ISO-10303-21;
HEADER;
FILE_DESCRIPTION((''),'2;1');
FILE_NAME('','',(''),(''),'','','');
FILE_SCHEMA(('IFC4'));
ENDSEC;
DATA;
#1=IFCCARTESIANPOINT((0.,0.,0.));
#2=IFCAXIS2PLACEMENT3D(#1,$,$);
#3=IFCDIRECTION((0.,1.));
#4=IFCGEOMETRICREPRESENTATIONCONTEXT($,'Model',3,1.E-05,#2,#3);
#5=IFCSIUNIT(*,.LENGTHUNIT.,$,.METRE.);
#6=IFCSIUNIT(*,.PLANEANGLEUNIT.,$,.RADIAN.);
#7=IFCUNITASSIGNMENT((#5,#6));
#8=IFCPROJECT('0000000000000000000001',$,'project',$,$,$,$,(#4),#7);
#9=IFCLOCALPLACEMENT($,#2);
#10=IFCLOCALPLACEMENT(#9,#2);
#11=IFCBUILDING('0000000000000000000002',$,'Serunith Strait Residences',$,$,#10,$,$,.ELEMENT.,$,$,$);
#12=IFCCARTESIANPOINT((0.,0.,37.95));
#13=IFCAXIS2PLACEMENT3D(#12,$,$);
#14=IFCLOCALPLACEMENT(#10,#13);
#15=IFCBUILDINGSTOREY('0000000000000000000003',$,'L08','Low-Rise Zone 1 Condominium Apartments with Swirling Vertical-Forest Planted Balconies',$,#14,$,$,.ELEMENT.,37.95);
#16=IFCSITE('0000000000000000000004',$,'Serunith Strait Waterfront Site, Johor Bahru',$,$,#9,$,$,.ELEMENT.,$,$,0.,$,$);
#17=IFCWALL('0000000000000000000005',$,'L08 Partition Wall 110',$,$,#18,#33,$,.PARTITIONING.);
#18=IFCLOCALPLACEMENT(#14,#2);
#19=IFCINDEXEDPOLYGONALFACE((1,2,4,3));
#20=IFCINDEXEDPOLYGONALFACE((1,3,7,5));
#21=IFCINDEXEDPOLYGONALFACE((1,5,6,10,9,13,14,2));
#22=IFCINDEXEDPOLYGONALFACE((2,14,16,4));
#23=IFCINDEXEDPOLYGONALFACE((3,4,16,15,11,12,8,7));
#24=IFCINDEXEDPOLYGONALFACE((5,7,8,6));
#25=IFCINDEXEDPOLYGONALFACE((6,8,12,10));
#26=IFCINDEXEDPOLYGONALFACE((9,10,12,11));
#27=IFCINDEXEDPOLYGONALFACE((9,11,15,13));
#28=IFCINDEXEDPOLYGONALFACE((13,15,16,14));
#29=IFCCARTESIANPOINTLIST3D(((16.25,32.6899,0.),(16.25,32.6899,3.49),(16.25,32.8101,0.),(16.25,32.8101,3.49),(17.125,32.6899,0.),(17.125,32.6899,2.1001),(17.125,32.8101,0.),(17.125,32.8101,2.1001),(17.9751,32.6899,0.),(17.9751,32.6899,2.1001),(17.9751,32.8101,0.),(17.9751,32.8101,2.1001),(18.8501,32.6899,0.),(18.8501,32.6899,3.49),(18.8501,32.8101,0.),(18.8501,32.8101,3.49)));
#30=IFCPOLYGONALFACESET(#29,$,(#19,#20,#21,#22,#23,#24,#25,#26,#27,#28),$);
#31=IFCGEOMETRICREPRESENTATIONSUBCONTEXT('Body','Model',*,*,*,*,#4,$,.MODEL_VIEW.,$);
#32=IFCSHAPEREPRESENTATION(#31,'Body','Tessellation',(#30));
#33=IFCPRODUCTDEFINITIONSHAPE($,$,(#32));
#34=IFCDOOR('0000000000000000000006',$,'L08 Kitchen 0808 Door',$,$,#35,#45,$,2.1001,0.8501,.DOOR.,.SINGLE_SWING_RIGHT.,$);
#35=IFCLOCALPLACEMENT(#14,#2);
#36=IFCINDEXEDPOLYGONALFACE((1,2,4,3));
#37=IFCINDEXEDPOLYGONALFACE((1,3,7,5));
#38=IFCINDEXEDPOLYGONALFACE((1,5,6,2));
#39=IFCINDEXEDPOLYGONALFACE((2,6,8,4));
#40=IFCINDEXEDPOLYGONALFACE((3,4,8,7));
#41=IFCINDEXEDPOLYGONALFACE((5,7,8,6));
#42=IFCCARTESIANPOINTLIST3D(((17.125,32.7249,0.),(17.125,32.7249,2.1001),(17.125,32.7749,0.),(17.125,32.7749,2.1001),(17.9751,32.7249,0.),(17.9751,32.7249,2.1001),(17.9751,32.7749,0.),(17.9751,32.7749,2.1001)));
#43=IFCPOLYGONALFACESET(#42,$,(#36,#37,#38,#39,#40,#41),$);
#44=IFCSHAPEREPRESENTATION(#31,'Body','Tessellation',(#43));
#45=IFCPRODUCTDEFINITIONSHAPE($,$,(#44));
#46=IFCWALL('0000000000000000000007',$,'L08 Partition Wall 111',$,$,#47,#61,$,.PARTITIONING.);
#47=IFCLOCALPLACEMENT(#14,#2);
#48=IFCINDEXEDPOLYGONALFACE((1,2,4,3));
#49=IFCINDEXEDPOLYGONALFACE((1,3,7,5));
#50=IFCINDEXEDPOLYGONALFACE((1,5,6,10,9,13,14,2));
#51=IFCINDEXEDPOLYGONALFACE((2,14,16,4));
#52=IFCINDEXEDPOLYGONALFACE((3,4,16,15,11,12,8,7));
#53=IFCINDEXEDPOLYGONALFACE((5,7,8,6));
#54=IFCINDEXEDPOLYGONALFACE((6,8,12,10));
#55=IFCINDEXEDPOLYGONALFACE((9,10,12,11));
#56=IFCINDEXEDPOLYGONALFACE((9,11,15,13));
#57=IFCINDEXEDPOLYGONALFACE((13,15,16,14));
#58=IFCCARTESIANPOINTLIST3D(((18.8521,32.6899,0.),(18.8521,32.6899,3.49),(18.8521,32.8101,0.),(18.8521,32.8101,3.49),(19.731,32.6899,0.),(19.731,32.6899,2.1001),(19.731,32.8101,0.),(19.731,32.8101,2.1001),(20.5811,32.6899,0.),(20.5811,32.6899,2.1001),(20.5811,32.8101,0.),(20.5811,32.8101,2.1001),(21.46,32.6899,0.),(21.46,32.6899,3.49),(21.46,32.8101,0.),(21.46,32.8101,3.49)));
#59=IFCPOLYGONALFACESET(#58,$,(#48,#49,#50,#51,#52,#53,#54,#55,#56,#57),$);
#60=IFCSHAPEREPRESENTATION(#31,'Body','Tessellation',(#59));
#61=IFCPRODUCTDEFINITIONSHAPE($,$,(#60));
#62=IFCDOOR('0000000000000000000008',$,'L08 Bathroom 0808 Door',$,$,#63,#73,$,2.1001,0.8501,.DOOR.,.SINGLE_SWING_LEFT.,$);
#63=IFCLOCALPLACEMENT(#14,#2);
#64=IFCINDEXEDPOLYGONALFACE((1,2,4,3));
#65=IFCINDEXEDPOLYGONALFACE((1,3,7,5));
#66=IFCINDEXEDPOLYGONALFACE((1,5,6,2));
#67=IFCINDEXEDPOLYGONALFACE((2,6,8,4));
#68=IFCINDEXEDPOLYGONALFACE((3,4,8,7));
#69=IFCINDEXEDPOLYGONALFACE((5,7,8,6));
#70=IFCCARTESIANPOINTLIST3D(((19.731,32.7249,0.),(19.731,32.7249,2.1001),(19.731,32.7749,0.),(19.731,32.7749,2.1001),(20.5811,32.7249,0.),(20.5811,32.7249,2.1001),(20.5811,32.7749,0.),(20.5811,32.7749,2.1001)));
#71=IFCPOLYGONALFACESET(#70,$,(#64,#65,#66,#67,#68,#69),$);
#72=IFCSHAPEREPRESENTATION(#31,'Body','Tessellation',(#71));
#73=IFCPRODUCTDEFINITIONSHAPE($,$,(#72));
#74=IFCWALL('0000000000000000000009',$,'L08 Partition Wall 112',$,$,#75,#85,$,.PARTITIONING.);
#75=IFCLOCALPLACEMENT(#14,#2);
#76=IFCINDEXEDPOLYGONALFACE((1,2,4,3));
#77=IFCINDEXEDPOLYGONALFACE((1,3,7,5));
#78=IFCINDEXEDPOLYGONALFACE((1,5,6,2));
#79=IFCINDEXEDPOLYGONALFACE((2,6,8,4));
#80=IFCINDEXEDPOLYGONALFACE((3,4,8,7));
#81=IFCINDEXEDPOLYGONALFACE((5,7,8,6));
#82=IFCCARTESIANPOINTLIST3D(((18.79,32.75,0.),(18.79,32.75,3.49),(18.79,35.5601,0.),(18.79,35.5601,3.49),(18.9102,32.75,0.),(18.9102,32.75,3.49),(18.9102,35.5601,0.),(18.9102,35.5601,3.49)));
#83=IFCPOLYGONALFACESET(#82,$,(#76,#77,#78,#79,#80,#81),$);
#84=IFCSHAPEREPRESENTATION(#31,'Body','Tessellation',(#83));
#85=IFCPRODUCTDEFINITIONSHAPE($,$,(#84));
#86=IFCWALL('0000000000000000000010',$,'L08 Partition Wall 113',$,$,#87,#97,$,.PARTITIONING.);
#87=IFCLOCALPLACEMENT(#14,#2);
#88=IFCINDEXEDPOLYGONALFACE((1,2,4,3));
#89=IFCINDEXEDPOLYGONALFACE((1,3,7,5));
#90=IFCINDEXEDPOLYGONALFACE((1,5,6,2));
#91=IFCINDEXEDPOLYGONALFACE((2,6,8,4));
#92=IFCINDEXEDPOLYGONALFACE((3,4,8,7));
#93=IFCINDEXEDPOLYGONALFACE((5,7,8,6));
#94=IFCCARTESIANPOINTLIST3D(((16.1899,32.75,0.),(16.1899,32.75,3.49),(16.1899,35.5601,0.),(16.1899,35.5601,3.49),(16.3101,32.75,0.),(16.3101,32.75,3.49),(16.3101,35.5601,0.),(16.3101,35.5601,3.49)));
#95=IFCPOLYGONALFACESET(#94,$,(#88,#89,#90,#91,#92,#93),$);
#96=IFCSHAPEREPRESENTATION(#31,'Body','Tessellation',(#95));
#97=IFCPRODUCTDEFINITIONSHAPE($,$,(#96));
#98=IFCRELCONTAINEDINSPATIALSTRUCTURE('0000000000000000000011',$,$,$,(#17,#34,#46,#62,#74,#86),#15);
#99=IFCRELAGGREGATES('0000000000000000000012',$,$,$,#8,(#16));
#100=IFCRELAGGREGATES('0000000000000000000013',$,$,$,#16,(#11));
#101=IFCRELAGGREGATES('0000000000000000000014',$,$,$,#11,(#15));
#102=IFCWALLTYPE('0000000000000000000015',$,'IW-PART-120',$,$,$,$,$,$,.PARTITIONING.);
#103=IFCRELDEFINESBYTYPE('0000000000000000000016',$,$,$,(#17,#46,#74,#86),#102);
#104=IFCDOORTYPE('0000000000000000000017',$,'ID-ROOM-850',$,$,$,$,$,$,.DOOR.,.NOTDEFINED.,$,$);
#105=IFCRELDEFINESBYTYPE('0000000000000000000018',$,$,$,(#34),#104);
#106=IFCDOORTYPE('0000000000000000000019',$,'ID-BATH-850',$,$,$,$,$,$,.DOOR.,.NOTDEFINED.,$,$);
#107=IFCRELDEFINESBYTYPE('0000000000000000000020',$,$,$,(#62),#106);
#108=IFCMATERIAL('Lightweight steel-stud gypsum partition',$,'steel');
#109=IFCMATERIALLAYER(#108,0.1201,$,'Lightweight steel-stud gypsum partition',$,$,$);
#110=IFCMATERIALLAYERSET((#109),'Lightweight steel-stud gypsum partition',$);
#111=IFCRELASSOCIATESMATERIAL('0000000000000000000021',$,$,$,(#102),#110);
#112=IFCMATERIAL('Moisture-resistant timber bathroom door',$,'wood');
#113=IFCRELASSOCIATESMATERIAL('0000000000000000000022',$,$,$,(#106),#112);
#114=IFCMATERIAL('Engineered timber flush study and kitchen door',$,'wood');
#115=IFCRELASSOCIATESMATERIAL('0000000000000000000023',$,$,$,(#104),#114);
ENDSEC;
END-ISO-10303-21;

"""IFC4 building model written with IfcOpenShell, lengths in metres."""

from ifc_helpers import new_model, si_unit, direction, frame, frame_2d, origin, place, context, subcontext, project, spatial, rectangle, extrude, source, transform, mapped, material, layer, layer_set, type_object, element, fill, save


model = new_model("IFC4")

# Units and contexts
model_context = context("Model", 3, precision=1e-05, world=origin(), true_north=direction((0.0, 1.0)))
body_context = subcontext(model_context, "Body", "Model", "MODEL_VIEW")
ifc_project = project(units=[si_unit("LENGTHUNIT", "METRE"), si_unit("PLANEANGLEUNIT", "RADIAN")], contexts=[model_context])

# Site, building, storey
site_placement = place(None, origin())
site = spatial("IfcSite", under=ifc_project, at=site_placement, Name="Serunith Strait Waterfront Site, Johor Bahru", CompositionType="ELEMENT", RefElevation=0.0)
building_placement = place(site_placement, origin())
building = spatial("IfcBuilding", under=site, at=building_placement, Name="Serunith Strait Residences", CompositionType="ELEMENT")
storey_placement = place(building_placement, frame((0.0, 0.0, 37.95)))
storey = spatial("IfcBuildingStorey", under=building, at=storey_placement, Name="L08", Description="Low-Rise Zone 1 Condominium Apartments with Swirling Vertical-Forest Planted Balconies", CompositionType="ELEMENT", Elevation=37.95)

# Walls, openings, doors
ifc_material_1 = material(Name="Lightweight steel-stud gypsum partition", Category="steel")
ifc_layer_1 = layer(ifc_material_1, 0.1201, Name="Lightweight steel-stud gypsum partition")
ifc_layer_set_1 = layer_set([ifc_layer_1], Name="Lightweight steel-stud gypsum partition")
wall_type_1 = type_object("IfcWallType", Name="IW-PART-120", PredefinedType="PARTITIONING", material=ifc_layer_set_1)
ifc_material_2 = material(Name="Moisture-resistant timber bathroom door", Category="wood")
door_type_1 = type_object("IfcDoorType", Name="ID-BATH-850", OperationType="NOTDEFINED", PredefinedType="DOOR", material=ifc_material_2)
shared_shape_1 = source(origin(), body_context, "Body", "SweptSolid", [
    extrude(rectangle(XDim=0.8501, YDim=2.1001, at=frame_2d((0.425, 1.05))), frame((0.0, 0.0249, 0.0), z_axis=(0.0, -1.0, 0.0), x_axis=(1.0, 0.0, 0.0)), (0.0, 0.0, 1.0), 0.05),
])
ifc_material_3 = material(Name="Engineered timber flush study and kitchen door", Category="wood")
door_type_2 = type_object("IfcDoorType", Name="ID-ROOM-850", OperationType="NOTDEFINED", PredefinedType="DOOR", material=ifc_material_3)
wall_1_placement = place(storey_placement, frame((16.25, 32.75, 0.0), z_axis=(0.0, 0.0, 1.0), x_axis=(1.0, 0.0, 0.0)))
wall_1 = element("IfcWall", 1, at=wall_1_placement, inside=storey, type_object=wall_type_1, Name="L08 Partition Wall 110", PredefinedType="PARTITIONING", context=body_context, shape_type="SweptSolid", body=[
    extrude(rectangle(XDim=2.6001, YDim=0.1201, at=frame_2d((1.3, 0.0))), origin(), (0.0, 0.0, 1.0), 3.49),
])
opening_1_placement = place(wall_1_placement, frame((0.875, 0.0, 0.0)))
opening_1 = element("IfcOpeningElement", 2, at=opening_1_placement, cuts=wall_1, PredefinedType="OPENING", context=body_context, shape_type="SweptSolid", body=[
    extrude(rectangle(XDim=0.8501, YDim=2.1001, at=frame_2d((0.425, 1.05))), frame((0.0, 0.0701, 0.0), z_axis=(0.0, -1.0, 0.0), x_axis=(1.0, 0.0, 0.0)), (0.0, 0.0, 1.0), 0.1401),
])
door_1_placement = place(opening_1_placement, origin())
door_1 = element("IfcDoor", 3, at=door_1_placement, inside=storey, type_object=door_type_2, Name="L08 Kitchen 0808 Door", OperationType="SINGLE_SWING_RIGHT", OverallHeight=2.1001, OverallWidth=0.8501, PredefinedType="DOOR", context=body_context, shape_type="MappedRepresentation", body=[
    mapped(shared_shape_1, transform((0.0, 0.0, 0.0), scale=1.0)),
])
fill(opening_1, door_1)
wall_2_placement = place(storey_placement, frame((18.8521, 32.75, 0.0), z_axis=(0.0, 0.0, 1.0), x_axis=(1.0, 0.0, 0.0)))
wall_2 = element("IfcWall", 4, at=wall_2_placement, inside=storey, type_object=wall_type_1, Name="L08 Partition Wall 111", PredefinedType="PARTITIONING", context=body_context, shape_type="SweptSolid", body=[
    extrude(rectangle(XDim=2.6079, YDim=0.1201, at=frame_2d((1.304, 0.0))), origin(), (0.0, 0.0, 1.0), 3.49),
])
opening_2_placement = place(wall_2_placement, frame((0.8789, 0.0, 0.0)))
opening_2 = element("IfcOpeningElement", 5, at=opening_2_placement, cuts=wall_2, PredefinedType="OPENING", context=body_context, shape_type="SweptSolid", body=[
    extrude(rectangle(XDim=0.8501, YDim=2.1001, at=frame_2d((0.425, 1.05))), frame((0.0, 0.0701, 0.0), z_axis=(0.0, -1.0, 0.0), x_axis=(1.0, 0.0, 0.0)), (0.0, 0.0, 1.0), 0.1401),
])
door_2_placement = place(opening_2_placement, origin())
door_2 = element("IfcDoor", 6, at=door_2_placement, inside=storey, type_object=door_type_1, Name="L08 Bathroom 0808 Door", OperationType="SINGLE_SWING_LEFT", OverallHeight=2.1001, OverallWidth=0.8501, PredefinedType="DOOR", context=body_context, shape_type="MappedRepresentation", body=[
    mapped(shared_shape_1, transform((0.0, 0.0, 0.0), scale=1.0)),
])
fill(opening_2, door_2)

# Walls
for number, where, z_axis, x_axis, name in (
    (7, (18.8501, 32.75, 0.0), (0.0, 0.0, 1.0), (0.0, 1.0, 0.0), "L08 Partition Wall 112"),
    (8, (16.25, 32.75, 0.0), (0.0, 0.0, 1.0), (0.0, 1.0, 0.0), "L08 Partition Wall 113"),
):
    element("IfcWall", number, at=place(storey_placement, frame(where, z_axis=z_axis, x_axis=x_axis)), inside=storey, type_object=wall_type_1, Name=name, PredefinedType="PARTITIONING", context=body_context, shape_type="SweptSolid", body=[
        extrude(rectangle(XDim=2.8101, YDim=0.1201, at=frame_2d((1.405, 0.0))), origin(), (0.0, 0.0, 1.0), 3.49),
    ])

save(model, "model.ifc")
